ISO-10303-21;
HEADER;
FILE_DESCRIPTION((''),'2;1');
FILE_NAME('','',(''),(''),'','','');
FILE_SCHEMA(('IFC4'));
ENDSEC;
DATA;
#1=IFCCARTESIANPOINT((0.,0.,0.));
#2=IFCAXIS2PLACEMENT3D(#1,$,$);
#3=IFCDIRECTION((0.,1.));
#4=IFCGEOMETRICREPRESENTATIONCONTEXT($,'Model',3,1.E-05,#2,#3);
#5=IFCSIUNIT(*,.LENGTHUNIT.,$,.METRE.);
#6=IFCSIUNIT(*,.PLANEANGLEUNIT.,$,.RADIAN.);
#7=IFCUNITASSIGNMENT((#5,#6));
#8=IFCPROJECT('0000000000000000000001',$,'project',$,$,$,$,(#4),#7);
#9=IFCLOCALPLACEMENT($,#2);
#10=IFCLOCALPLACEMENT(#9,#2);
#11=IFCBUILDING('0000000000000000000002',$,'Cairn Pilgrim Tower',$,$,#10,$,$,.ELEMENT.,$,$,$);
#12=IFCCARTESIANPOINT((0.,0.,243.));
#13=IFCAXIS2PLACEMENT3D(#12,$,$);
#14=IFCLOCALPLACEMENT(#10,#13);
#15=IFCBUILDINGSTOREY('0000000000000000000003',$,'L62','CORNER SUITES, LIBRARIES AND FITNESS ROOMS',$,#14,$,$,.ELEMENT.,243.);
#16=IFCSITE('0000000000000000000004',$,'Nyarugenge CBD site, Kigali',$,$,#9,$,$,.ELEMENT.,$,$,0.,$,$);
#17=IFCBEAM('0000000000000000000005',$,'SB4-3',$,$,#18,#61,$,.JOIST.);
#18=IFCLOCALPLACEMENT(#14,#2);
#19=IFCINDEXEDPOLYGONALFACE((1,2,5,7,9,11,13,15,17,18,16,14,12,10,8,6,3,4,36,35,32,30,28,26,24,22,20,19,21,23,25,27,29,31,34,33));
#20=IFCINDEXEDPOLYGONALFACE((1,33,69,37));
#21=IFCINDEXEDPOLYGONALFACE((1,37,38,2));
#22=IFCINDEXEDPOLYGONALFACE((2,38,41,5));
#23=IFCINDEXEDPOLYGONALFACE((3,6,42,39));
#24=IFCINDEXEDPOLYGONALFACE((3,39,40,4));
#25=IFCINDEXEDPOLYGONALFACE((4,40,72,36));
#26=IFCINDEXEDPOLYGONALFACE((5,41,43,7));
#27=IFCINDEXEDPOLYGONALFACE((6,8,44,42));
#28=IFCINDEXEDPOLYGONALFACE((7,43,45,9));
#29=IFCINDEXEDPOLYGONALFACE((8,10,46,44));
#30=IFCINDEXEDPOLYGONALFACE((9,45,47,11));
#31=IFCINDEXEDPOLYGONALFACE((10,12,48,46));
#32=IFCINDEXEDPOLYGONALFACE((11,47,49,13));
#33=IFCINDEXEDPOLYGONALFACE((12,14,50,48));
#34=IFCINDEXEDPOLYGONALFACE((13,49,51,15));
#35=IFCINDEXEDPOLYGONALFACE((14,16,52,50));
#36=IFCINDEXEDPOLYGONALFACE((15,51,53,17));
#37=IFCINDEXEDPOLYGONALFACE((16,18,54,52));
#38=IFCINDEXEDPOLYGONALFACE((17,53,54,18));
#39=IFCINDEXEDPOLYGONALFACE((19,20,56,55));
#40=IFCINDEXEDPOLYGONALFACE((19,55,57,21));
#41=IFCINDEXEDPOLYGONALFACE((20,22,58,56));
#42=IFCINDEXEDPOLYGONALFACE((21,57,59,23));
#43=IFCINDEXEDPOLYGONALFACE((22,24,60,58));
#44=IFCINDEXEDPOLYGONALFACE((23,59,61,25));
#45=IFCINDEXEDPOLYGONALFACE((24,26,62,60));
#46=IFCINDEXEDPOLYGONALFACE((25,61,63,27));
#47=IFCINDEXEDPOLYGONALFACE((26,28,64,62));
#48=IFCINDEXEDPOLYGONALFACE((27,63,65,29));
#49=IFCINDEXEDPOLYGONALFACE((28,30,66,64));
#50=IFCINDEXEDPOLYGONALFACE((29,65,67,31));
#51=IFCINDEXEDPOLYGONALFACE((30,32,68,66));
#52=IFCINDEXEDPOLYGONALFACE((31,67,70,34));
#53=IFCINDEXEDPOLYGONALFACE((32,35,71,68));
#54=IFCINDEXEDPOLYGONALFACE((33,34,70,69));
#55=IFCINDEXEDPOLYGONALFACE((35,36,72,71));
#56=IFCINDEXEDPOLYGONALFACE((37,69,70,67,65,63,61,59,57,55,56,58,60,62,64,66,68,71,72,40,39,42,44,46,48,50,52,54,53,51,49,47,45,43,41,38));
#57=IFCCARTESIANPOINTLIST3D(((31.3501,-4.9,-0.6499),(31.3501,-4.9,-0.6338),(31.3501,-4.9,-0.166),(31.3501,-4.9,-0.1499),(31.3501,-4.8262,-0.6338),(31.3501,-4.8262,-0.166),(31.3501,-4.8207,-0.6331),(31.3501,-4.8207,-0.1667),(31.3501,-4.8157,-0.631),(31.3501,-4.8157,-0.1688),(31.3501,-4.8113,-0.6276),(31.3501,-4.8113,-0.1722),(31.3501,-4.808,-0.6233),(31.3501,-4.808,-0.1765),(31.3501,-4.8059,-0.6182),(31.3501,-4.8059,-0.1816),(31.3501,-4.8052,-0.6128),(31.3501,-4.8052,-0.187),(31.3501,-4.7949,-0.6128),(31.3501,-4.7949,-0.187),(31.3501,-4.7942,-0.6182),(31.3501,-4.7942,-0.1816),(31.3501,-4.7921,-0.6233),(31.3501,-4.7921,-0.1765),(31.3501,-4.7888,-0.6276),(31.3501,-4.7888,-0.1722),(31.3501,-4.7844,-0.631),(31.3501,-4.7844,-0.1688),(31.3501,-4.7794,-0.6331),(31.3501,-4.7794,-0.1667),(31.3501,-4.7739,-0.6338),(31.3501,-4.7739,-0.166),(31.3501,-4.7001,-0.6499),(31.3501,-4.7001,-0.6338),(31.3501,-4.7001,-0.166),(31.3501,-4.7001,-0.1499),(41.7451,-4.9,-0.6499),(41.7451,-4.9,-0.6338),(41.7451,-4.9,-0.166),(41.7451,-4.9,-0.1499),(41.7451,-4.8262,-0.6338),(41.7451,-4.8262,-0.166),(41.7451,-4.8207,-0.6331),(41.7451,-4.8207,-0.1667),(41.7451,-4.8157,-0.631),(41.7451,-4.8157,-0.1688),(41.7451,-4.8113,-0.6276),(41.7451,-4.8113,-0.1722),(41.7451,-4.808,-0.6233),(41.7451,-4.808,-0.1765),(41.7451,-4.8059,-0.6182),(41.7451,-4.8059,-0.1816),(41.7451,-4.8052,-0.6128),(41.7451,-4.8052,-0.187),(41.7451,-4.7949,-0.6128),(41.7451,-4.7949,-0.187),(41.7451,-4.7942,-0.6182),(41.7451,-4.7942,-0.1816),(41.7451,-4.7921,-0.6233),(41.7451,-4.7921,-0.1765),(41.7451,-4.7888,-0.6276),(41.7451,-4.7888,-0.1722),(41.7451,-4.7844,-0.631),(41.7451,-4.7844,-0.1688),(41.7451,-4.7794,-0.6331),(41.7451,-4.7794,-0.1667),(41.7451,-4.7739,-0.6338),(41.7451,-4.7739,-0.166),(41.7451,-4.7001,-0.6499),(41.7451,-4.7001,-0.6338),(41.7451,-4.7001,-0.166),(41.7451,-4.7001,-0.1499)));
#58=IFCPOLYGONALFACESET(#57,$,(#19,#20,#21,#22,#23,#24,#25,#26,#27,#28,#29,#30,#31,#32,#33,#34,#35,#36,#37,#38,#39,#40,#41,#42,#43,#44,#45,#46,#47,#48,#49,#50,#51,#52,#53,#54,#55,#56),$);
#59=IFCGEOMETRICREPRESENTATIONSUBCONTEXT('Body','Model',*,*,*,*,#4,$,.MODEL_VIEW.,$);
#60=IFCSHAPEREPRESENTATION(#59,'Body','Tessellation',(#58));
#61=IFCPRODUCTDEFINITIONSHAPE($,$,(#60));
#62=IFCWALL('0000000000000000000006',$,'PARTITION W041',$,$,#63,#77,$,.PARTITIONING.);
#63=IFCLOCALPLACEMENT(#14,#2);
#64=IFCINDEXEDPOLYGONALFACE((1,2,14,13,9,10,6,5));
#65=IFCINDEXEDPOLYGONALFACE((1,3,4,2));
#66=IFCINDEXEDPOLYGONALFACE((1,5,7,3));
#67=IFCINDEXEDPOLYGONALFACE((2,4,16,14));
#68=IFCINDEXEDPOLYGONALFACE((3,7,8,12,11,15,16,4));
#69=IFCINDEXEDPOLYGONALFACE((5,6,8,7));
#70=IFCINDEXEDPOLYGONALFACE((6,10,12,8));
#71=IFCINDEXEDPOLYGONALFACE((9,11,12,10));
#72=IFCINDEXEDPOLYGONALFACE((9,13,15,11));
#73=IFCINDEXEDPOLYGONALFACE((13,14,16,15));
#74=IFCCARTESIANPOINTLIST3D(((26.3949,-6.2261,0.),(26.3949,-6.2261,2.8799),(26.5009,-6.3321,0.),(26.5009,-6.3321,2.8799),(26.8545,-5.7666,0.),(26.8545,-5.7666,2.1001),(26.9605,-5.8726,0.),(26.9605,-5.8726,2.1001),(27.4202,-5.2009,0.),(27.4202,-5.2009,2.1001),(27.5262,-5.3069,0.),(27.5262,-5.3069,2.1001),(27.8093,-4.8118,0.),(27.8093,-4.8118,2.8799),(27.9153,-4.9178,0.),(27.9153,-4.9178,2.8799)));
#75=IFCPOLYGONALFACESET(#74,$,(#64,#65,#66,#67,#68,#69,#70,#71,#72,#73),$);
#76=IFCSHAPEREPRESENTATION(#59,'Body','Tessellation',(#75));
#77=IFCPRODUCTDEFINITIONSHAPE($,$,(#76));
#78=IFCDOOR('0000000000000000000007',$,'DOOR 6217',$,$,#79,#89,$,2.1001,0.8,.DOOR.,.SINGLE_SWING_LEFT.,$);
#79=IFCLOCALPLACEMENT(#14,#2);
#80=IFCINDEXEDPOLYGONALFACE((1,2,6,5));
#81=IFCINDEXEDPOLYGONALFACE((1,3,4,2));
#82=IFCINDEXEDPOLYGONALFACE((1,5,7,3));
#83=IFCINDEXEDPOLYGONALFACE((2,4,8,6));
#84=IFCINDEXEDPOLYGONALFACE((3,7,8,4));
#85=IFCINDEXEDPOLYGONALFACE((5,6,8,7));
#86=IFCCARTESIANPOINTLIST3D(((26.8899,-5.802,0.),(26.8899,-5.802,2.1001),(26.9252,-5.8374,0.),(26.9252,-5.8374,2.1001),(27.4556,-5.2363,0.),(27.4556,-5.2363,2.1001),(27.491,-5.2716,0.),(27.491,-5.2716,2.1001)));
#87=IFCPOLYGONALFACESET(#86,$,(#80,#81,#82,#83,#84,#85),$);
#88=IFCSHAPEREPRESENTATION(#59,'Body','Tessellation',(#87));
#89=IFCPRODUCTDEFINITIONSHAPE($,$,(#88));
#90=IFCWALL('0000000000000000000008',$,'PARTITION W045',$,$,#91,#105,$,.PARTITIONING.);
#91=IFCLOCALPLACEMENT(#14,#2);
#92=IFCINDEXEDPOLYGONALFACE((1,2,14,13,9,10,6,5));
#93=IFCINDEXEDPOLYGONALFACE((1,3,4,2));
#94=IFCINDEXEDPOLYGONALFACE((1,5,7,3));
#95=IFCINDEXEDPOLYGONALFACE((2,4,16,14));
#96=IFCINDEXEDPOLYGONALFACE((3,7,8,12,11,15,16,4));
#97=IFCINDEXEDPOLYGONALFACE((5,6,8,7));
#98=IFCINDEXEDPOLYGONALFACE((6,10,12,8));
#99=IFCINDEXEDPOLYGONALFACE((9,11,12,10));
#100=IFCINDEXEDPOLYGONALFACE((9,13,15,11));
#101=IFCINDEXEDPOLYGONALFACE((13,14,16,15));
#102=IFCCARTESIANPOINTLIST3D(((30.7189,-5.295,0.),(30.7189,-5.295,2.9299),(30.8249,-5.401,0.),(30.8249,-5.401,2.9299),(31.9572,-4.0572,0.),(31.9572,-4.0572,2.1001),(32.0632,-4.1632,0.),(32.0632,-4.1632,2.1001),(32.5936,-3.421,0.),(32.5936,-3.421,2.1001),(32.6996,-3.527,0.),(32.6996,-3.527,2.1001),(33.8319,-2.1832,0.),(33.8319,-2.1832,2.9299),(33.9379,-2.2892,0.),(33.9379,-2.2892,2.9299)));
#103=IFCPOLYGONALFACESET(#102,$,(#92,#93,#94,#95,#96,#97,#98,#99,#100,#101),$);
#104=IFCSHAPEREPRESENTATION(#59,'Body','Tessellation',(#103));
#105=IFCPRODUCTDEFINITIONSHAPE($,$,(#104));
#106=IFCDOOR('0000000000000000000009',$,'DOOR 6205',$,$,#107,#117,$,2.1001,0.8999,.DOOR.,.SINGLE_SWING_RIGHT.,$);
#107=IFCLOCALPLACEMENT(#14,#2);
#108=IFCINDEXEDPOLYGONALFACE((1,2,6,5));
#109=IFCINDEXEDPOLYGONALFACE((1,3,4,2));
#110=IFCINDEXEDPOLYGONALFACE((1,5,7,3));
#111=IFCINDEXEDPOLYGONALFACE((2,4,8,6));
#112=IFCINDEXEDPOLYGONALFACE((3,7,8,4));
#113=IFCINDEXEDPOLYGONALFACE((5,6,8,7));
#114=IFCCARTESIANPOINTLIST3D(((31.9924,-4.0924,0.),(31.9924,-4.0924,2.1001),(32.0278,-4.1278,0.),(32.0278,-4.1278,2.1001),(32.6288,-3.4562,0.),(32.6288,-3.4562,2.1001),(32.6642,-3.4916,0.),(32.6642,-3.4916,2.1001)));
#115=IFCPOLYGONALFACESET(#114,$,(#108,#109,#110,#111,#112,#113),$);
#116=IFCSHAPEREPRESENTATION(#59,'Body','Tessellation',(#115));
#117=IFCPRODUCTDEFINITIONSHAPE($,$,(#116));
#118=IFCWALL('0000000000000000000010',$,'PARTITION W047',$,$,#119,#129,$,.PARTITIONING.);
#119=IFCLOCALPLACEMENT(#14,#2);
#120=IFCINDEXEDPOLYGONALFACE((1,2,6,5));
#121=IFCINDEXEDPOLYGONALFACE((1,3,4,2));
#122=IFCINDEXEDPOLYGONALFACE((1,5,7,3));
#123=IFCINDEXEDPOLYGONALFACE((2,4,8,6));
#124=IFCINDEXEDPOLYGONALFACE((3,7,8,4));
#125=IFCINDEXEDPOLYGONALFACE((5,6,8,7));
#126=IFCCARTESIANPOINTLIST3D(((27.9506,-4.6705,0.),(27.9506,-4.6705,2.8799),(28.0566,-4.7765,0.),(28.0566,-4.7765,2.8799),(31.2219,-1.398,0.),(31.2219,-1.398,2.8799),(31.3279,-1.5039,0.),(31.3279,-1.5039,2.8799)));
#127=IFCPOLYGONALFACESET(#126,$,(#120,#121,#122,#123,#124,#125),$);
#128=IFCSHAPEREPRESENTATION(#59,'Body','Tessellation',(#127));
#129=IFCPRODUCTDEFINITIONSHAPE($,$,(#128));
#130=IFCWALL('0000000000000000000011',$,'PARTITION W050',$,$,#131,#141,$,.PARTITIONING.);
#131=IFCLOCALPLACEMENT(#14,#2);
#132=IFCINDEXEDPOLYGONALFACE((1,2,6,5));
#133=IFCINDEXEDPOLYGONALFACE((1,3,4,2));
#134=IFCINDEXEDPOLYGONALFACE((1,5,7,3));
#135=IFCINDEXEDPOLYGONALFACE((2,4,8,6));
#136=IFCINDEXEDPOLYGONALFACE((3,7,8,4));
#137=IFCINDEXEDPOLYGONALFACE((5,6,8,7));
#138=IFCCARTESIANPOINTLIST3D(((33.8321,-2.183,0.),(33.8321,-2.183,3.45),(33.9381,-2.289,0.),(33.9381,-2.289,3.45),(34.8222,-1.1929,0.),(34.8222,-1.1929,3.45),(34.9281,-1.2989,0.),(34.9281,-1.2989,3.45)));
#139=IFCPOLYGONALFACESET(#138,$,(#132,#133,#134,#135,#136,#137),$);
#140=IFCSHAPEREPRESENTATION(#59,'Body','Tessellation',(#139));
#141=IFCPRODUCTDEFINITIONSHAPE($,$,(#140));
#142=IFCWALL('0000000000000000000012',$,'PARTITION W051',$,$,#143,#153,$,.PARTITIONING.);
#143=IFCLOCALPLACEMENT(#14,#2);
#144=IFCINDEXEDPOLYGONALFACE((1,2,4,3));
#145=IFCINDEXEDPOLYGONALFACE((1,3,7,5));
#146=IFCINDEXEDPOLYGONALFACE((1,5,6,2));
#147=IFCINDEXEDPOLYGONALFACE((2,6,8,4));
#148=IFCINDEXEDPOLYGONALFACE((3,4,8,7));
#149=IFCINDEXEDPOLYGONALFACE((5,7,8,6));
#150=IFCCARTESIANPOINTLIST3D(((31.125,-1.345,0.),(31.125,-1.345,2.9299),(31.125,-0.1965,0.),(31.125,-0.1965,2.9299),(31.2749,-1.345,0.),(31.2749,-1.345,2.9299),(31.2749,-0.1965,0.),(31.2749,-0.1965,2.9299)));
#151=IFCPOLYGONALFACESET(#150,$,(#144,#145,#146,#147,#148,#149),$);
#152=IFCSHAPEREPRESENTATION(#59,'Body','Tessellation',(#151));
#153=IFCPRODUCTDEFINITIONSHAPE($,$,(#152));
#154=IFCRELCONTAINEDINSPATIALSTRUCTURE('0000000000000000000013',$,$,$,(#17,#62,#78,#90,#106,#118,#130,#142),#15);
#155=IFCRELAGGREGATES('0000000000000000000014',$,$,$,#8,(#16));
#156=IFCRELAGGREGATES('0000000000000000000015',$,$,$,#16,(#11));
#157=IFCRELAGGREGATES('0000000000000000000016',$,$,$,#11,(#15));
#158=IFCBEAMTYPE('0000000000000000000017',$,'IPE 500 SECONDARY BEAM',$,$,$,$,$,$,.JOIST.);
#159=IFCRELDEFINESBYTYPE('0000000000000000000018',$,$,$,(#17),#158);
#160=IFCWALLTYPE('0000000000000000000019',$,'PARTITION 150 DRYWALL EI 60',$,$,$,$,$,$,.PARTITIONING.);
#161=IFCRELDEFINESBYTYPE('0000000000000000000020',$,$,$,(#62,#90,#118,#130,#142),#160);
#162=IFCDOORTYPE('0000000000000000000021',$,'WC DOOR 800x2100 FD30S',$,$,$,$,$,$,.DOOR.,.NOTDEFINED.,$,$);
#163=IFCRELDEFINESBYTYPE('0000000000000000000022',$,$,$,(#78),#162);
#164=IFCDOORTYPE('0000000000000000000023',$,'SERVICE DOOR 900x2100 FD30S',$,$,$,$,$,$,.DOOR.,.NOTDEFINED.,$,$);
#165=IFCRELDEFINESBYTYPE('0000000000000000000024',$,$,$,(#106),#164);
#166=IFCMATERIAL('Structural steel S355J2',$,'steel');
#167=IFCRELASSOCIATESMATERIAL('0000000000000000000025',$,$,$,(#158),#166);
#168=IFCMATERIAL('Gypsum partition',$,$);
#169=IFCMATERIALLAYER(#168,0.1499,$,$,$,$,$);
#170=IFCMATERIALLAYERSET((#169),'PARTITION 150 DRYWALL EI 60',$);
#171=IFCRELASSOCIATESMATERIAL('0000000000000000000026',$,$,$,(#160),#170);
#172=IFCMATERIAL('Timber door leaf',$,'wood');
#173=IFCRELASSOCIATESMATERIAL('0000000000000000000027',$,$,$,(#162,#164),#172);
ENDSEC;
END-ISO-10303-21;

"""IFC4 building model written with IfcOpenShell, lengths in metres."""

from ifc_helpers import new_model, si_unit, direction, frame, frame_2d, origin, origin_2d, place, context, subcontext, project, spatial, rectangle, i_section, extrude, material, layer, layer_set, material_profile, profile_set, type_object, element, fill, save


model = new_model("IFC4")

# Units and contexts
model_context = context("Model", 3, precision=1e-05, world=origin(), true_north=direction((0.0, 1.0)))
body_context = subcontext(model_context, "Body", "Model", "MODEL_VIEW")
ifc_project = project(units=[si_unit("LENGTHUNIT", "METRE"), si_unit("PLANEANGLEUNIT", "RADIAN")], contexts=[model_context])

# Site, building, storey
site_placement = place(None, origin())
site = spatial("IfcSite", under=ifc_project, at=site_placement, Name="Nyarugenge CBD site, Kigali", CompositionType="ELEMENT", RefElevation=0.0)
building_placement = place(site_placement, origin())
building = spatial("IfcBuilding", under=site, at=building_placement, Name="Cairn Pilgrim Tower", CompositionType="ELEMENT")
storey_placement = place(building_placement, frame((0.0, 0.0, 243.0)))
storey = spatial("IfcBuildingStorey", under=building, at=storey_placement, Name="L62", Description="CORNER SUITES, LIBRARIES AND FITNESS ROOMS", CompositionType="ELEMENT", Elevation=243.0)

# Shared definitions
ifc_material_1 = material(Name="Structural steel S355J2", Category="steel")

# Beam
ifc_material_profile_1 = material_profile(ifc_material_1, i_section(OverallWidth=0.2, OverallDepth=0.5, WebThickness=0.0103, FlangeThickness=0.0161, FilletRadius=0.021, at=origin_2d()), Name="IPE 500")
ifc_profile_set_1 = profile_set([ifc_material_profile_1], Name="Structural steel S355J2")
beam_type_1 = type_object("IfcBeamType", Name="IPE 500 SECONDARY BEAM", PredefinedType="JOIST", material=ifc_profile_set_1)
beam_1_placement = place(storey_placement, frame((31.3501, -4.8, -0.3999), z_axis=(1.0, 0.0, 0.0), x_axis=(0.0, 1.0, 0.0)))
element("IfcBeam", 1, at=beam_1_placement, inside=storey, type_object=beam_type_1, Name="SB4-3", PredefinedType="JOIST", context=body_context, shape_type="SweptSolid", body=[
    extrude(i_section(OverallWidth=0.2, OverallDepth=0.5, WebThickness=0.0103, FlangeThickness=0.0161, FilletRadius=0.021, at=origin_2d()), origin(), (0.0, 0.0, 1.0), 10.395),
])

# Walls, openings, doors
ifc_material_2 = material(Name="Gypsum partition")
ifc_layer_1 = layer(ifc_material_2, 0.1499)
ifc_layer_set_1 = layer_set([ifc_layer_1], Name="PARTITION 150 DRYWALL EI 60")
wall_type_1 = type_object("IfcWallType", Name="PARTITION 150 DRYWALL EI 60", PredefinedType="PARTITIONING", material=ifc_layer_set_1)
wall_1_placement = place(storey_placement, frame((26.448, -6.2791, 0.0), z_axis=(0.0, 0.0, 1.0), x_axis=(0.707107, 0.707107, 0.0)))
wall_1 = element("IfcWall", 2, at=wall_1_placement, inside=storey, type_object=wall_type_1, Name="PARTITION W041", PredefinedType="PARTITIONING", context=body_context, shape_type="SweptSolid", body=[
    extrude(rectangle(XDim=2.0002, YDim=0.1499, at=frame_2d((1.0, 0.0))), origin(), (0.0, 0.0, 1.0), 2.8799),
])
opening_1_placement = place(wall_1_placement, frame((0.6499, 0.0, 0.0)))
opening_1 = element("IfcOpeningElement", 3, at=opening_1_placement, cuts=wall_1, PredefinedType="OPENING", context=body_context, shape_type="SweptSolid", body=[
    extrude(rectangle(XDim=0.8, YDim=2.1001, at=frame_2d((0.3999, 1.05))), frame((0.0, 0.085, 0.0), z_axis=(0.0, -1.0, 0.0), x_axis=(1.0, 0.0, 0.0)), (0.0, 0.0, 1.0), 0.1699),
])
ifc_material_3 = material(Name="Timber door leaf", Category="wood")
door_type_1 = type_object("IfcDoorType", Name="WC DOOR 800x2100 FD30S", OperationType="NOTDEFINED", PredefinedType="DOOR", material=ifc_material_3)
door_1_placement = place(opening_1_placement, origin())
door_1 = element("IfcDoor", 4, at=door_1_placement, inside=storey, type_object=door_type_1, Name="DOOR 6217", OperationType="SINGLE_SWING_LEFT", OverallHeight=2.1001, OverallWidth=0.8, PredefinedType="DOOR", context=body_context, shape_type="SweptSolid", body=[
    extrude(rectangle(XDim=0.8, YDim=2.1001, at=frame_2d((0.3999, 1.05))), frame((0.0, 0.0249, 0.0), z_axis=(0.0, -1.0, 0.0), x_axis=(1.0, 0.0, 0.0)), (0.0, 0.0, 1.0), 0.05),
])
fill(opening_1, door_1)
wall_2_placement = place(storey_placement, frame((30.772, -5.3479, 0.0), z_axis=(0.0, 0.0, 1.0), x_axis=(0.707245, 0.706968, 0.0)))
wall_2 = element("IfcWall", 5, at=wall_2_placement, inside=storey, type_object=wall_type_1, Name="PARTITION W045", PredefinedType="PARTITIONING", context=body_context, shape_type="SweptSolid", body=[
    extrude(rectangle(XDim=4.4016, YDim=0.1499, at=frame_2d((2.2007, 0.0))), origin(), (0.0, 0.0, 1.0), 2.9299),
])
opening_2_placement = place(wall_2_placement, frame((1.7507, 0.0, 0.0)))
opening_2 = element("IfcOpeningElement", 6, at=opening_2_placement, cuts=wall_2, PredefinedType="OPENING", context=body_context, shape_type="SweptSolid", body=[
    extrude(rectangle(XDim=0.8999, YDim=2.1001, at=frame_2d((0.45, 1.05))), frame((0.0, 0.085, 0.0), z_axis=(0.0, -1.0, 0.0), x_axis=(1.0, 0.0, 0.0)), (0.0, 0.0, 1.0), 0.1699),
])
door_type_2 = type_object("IfcDoorType", Name="SERVICE DOOR 900x2100 FD30S", OperationType="NOTDEFINED", PredefinedType="DOOR", material=ifc_material_3)
door_2_placement = place(opening_2_placement, frame((0.8999, 0.0, 0.0), z_axis=(0.0, 0.0, 1.0), x_axis=(-1.0, 0.0, 0.0)))
door_2 = element("IfcDoor", 7, at=door_2_placement, inside=storey, type_object=door_type_2, Name="DOOR 6205", OperationType="SINGLE_SWING_RIGHT", OverallHeight=2.1001, OverallWidth=0.8999, PredefinedType="DOOR", context=body_context, shape_type="SweptSolid", body=[
    extrude(rectangle(XDim=0.8999, YDim=2.1001, at=frame_2d((0.45, 1.05))), frame((0.0, 0.0249, 0.0), z_axis=(0.0, -1.0, 0.0), x_axis=(1.0, 0.0, 0.0)), (0.0, 0.0, 1.0), 0.05),
])
fill(opening_2, door_2)

# Walls
wall_3_placement = place(storey_placement, frame((28.0037, -4.7234, 0.0), z_axis=(0.0, 0.0, 1.0), x_axis=(0.706975, 0.707239, 0.0)))
element("IfcWall", 8, at=wall_3_placement, inside=storey, type_object=wall_type_1, Name="PARTITION W047", PredefinedType="PARTITIONING", context=body_context, shape_type="SweptSolid", body=[
    extrude(rectangle(XDim=4.6272, YDim=0.1499, at=frame_2d((2.3135, 0.0))), origin(), (0.0, 0.0, 1.0), 2.8799),
])
wall_4_placement = place(storey_placement, frame((33.885, -2.2361, 0.0), z_axis=(0.0, 0.0, 1.0), x_axis=(0.707107, 0.707107, 0.0)))
element("IfcWall", 9, at=wall_4_placement, inside=storey, type_object=wall_type_1, Name="PARTITION W050", PredefinedType="PARTITIONING", context=body_context, shape_type="SweptSolid", body=[
    extrude(rectangle(XDim=1.4001, YDim=0.1499, at=frame_2d((0.7002, 0.0))), origin(), (0.0, 0.0, 1.0), 3.45),
])
wall_5_placement = place(storey_placement, frame((31.2, -1.345, 0.0), z_axis=(0.0, 0.0, 1.0), x_axis=(0.0, 1.0, 0.0)))
element("IfcWall", 10, at=wall_5_placement, inside=storey, type_object=wall_type_1, Name="PARTITION W051", PredefinedType="PARTITIONING", context=body_context, shape_type="SweptSolid", body=[
    extrude(rectangle(XDim=1.1484, YDim=0.1499, at=frame_2d((0.5742, 0.0))), origin(), (0.0, 0.0, 1.0), 2.9299),
])

save(model, "model.ifc")
